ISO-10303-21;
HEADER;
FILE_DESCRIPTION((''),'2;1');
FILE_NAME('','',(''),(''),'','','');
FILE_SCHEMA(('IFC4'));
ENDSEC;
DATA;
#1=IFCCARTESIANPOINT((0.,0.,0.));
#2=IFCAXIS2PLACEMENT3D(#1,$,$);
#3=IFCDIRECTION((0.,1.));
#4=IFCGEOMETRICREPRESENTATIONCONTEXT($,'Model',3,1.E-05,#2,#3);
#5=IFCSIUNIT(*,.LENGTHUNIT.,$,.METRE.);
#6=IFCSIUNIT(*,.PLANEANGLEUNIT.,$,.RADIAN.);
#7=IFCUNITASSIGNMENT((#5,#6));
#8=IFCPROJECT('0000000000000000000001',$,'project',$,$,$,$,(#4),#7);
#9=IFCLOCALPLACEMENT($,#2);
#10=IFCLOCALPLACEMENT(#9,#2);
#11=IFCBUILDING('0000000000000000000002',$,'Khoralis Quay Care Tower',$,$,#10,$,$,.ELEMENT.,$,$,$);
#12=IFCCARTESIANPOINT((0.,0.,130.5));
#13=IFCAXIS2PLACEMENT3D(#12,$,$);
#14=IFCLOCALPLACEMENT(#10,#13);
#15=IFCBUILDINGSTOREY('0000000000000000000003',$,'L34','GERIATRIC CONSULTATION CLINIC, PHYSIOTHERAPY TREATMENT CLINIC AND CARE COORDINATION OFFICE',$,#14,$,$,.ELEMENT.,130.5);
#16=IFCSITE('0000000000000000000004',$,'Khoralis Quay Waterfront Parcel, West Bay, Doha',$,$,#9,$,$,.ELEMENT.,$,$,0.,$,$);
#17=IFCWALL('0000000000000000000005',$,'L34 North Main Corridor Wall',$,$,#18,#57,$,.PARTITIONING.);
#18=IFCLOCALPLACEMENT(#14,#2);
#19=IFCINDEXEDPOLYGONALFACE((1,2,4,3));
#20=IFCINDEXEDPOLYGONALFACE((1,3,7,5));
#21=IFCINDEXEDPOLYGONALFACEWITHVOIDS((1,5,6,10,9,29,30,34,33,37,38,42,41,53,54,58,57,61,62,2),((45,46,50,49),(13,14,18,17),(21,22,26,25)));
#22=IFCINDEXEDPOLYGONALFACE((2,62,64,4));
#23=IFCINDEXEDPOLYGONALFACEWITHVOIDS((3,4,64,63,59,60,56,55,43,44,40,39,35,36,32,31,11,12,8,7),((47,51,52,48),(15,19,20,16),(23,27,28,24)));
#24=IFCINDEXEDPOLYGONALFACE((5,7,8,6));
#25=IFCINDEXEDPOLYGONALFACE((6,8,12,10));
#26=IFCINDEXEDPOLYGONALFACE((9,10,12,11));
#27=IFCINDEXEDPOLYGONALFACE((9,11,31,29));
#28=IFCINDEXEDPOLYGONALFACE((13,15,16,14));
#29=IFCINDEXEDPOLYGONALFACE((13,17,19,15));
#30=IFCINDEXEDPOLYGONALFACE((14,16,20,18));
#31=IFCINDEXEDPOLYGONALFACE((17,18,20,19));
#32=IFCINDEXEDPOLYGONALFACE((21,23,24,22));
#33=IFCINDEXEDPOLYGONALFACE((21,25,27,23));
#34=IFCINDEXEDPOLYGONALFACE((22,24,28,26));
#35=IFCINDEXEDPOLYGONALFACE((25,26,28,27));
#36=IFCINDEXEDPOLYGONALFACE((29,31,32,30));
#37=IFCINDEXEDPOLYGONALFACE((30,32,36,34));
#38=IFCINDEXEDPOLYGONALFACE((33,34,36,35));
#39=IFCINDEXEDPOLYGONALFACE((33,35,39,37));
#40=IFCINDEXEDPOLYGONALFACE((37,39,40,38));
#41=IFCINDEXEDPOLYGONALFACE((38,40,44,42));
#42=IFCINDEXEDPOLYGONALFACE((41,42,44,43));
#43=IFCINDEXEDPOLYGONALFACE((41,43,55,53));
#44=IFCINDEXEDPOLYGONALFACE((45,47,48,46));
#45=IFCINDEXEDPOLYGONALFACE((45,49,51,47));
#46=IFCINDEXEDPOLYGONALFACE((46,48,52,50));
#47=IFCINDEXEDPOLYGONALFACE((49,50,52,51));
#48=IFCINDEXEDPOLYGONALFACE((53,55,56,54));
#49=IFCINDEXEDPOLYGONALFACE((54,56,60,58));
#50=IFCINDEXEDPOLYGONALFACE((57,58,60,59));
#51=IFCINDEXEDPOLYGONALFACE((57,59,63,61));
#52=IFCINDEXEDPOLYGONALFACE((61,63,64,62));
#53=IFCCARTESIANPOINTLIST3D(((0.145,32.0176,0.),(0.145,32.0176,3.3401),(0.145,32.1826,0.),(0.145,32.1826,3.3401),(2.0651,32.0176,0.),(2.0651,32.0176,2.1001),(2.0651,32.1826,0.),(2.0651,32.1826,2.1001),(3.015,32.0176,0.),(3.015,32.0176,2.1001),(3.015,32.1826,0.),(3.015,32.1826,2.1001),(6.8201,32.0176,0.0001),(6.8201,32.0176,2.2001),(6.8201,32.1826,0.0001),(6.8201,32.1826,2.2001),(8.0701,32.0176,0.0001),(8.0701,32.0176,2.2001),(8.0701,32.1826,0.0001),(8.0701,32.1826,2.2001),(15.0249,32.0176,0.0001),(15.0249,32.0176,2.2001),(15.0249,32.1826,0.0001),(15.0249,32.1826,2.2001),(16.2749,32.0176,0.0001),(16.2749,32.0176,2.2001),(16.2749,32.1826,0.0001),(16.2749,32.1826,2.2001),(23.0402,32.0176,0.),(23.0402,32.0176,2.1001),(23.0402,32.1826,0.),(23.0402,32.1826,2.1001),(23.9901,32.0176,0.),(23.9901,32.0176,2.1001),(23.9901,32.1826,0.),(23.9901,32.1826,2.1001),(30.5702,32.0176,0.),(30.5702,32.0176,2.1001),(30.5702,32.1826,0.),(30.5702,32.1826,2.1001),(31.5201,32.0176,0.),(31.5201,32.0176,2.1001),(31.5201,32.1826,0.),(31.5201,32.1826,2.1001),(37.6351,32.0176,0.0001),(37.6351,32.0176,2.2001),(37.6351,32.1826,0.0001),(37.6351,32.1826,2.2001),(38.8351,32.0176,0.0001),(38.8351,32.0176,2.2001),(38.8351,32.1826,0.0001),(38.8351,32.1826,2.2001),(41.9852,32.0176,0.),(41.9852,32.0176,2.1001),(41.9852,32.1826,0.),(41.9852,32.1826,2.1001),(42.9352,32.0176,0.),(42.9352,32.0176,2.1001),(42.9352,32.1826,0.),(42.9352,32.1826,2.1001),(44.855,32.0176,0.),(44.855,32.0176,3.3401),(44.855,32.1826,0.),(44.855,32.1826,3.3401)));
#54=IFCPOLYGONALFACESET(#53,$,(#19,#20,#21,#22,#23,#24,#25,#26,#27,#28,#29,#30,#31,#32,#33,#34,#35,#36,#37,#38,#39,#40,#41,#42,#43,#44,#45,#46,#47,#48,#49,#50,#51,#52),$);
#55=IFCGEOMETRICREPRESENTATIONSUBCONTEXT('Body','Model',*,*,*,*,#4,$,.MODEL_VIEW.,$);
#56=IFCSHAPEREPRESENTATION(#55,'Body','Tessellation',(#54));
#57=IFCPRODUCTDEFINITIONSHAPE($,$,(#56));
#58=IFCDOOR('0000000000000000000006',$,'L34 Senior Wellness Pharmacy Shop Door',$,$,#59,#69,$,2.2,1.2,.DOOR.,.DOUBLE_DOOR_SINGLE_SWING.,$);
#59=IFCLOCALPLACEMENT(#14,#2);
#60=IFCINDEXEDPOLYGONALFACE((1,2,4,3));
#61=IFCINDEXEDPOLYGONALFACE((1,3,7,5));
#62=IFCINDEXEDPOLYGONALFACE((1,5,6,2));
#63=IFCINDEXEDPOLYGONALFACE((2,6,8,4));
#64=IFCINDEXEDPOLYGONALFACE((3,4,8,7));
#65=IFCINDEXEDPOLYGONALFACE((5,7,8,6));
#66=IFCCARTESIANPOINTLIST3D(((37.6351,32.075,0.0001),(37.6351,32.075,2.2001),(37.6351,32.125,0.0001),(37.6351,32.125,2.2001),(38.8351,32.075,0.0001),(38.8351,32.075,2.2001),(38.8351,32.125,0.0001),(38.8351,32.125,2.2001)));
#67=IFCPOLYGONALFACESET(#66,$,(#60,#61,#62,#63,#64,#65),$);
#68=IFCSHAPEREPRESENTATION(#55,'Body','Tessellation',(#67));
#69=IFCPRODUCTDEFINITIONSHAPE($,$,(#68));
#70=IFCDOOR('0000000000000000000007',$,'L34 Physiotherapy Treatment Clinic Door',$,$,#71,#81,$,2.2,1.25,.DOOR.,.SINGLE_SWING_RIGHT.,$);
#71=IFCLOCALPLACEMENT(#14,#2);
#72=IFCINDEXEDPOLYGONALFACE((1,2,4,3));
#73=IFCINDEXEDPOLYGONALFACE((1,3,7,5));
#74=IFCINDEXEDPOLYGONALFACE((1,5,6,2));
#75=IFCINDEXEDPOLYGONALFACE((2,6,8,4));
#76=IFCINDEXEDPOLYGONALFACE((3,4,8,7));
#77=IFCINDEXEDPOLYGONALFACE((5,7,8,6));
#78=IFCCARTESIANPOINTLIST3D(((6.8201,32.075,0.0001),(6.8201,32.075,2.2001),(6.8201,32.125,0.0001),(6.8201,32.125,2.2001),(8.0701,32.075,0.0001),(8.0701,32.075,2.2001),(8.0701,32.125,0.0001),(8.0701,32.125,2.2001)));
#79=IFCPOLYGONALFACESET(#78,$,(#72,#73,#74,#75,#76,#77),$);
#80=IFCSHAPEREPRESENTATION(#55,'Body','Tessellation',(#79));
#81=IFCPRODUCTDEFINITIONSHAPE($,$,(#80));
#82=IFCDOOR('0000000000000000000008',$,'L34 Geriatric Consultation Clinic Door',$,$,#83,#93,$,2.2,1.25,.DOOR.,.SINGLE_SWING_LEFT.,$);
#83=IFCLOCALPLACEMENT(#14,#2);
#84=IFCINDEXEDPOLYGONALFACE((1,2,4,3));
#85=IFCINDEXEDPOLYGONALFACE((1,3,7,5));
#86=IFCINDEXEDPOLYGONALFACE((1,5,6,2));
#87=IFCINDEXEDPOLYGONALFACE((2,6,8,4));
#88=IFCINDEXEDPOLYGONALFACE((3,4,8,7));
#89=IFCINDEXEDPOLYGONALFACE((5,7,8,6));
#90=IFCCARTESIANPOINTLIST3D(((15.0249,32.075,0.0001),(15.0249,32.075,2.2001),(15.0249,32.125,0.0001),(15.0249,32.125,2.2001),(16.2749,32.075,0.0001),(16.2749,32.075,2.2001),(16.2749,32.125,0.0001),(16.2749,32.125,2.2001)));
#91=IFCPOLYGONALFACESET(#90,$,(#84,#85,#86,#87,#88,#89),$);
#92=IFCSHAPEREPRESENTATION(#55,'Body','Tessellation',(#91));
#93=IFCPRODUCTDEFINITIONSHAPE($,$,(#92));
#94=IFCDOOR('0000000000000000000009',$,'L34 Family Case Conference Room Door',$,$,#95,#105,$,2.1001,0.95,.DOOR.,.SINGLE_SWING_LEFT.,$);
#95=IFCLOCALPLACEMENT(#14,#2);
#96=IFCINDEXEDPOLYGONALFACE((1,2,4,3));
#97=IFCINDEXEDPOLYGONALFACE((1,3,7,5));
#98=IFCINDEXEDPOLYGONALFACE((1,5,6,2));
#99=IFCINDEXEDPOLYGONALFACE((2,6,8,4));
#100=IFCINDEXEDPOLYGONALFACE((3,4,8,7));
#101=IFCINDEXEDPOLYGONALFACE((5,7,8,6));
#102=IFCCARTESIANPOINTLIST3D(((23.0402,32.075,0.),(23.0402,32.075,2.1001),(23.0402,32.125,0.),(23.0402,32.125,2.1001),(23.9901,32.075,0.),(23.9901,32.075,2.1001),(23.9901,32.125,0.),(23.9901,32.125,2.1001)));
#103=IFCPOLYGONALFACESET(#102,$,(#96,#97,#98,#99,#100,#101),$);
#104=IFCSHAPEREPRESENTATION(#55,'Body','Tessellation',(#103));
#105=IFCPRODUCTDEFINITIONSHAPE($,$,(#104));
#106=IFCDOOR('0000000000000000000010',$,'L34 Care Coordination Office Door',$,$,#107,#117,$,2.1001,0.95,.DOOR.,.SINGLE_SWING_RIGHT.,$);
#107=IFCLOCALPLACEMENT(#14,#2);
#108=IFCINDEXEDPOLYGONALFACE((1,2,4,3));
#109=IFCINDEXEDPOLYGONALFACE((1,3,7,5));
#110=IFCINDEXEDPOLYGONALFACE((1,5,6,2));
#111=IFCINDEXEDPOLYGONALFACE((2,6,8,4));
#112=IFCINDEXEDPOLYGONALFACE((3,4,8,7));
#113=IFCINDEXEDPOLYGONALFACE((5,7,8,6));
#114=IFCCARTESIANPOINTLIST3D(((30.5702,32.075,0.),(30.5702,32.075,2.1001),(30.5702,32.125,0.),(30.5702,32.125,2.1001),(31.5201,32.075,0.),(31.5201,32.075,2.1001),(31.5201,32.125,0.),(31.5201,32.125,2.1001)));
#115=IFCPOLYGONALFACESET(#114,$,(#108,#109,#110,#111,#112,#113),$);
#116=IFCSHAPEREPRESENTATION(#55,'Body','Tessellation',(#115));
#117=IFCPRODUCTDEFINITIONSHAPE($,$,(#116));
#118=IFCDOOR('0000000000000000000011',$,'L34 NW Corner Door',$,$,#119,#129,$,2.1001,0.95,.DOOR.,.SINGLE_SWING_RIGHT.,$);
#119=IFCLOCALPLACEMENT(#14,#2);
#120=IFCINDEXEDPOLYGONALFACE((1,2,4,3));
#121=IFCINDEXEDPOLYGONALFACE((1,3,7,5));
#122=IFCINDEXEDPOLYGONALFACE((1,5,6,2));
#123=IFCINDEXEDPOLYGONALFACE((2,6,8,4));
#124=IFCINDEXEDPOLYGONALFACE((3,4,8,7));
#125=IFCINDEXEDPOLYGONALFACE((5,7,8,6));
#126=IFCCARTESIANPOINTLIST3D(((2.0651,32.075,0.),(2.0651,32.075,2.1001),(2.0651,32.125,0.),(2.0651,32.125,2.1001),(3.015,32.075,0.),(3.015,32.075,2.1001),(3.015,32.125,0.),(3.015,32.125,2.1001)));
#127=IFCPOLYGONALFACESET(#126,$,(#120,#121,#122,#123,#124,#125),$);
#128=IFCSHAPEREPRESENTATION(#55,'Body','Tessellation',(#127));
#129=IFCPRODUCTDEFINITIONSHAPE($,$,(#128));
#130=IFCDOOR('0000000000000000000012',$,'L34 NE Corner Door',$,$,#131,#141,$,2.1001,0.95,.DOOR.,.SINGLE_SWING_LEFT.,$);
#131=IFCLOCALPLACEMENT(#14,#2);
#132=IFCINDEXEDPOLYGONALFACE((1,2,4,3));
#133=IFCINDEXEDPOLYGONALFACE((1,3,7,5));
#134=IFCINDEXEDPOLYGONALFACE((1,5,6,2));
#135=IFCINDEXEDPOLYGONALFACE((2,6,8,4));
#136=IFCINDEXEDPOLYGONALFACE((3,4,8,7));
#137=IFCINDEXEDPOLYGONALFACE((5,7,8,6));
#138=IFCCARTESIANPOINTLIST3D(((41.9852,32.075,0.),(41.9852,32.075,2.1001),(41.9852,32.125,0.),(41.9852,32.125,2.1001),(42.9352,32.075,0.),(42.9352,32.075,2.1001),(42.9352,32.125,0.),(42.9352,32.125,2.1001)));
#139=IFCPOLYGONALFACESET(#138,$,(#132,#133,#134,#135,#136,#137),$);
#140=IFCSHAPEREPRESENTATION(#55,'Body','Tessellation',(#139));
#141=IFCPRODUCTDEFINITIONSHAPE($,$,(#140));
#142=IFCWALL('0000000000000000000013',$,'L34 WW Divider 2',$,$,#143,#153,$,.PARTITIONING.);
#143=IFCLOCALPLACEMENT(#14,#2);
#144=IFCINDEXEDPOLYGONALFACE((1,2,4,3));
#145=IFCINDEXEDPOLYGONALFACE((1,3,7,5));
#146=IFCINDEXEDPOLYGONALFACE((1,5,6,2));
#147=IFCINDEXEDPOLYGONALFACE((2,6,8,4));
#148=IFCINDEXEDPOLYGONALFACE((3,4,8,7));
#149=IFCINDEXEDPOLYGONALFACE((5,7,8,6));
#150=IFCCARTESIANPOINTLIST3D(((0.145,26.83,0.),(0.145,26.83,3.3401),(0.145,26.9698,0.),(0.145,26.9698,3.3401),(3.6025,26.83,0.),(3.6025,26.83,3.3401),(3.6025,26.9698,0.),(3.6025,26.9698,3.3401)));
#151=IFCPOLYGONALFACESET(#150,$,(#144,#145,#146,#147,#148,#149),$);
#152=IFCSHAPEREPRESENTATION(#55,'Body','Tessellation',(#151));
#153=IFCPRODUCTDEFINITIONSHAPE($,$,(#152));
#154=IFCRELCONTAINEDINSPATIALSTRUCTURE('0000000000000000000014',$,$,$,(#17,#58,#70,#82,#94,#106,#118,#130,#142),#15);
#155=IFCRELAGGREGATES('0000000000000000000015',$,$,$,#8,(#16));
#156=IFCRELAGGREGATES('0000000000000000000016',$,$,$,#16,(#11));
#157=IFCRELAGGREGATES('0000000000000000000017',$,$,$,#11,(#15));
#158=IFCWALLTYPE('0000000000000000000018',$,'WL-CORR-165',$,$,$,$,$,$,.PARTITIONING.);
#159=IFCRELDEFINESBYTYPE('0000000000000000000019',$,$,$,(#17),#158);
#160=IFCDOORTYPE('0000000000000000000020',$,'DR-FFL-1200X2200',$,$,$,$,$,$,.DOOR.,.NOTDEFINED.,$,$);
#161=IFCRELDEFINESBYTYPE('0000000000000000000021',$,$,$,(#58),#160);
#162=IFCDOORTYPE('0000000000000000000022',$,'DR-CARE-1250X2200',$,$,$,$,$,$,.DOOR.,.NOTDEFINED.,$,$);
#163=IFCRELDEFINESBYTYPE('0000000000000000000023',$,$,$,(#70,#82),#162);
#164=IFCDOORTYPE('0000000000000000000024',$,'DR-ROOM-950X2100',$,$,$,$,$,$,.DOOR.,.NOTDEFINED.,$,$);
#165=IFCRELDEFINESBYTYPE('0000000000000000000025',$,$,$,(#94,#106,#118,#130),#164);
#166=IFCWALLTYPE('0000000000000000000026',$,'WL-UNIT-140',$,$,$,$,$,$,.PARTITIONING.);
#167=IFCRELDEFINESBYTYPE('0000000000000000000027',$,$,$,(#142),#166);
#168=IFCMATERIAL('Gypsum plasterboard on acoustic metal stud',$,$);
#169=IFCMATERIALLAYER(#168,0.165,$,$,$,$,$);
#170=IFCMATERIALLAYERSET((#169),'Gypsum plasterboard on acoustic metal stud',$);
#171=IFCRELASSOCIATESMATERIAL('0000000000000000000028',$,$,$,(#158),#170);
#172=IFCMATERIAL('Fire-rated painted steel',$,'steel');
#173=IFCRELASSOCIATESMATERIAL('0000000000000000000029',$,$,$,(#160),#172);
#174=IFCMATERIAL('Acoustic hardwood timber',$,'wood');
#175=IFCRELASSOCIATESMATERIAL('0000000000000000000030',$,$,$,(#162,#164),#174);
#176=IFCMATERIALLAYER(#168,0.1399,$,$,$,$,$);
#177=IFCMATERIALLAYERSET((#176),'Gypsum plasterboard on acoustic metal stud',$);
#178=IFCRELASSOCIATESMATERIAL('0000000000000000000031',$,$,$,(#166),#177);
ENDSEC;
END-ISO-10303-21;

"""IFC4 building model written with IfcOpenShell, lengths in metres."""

from ifc_helpers import new_model, si_unit, direction, frame, frame_2d, origin, place, context, subcontext, project, spatial, rectangle, extrude, source, transform, mapped, material, layer, layer_set, type_object, element, fill, save


model = new_model("IFC4")

# Units and contexts
model_context = context("Model", 3, precision=1e-05, world=origin(), true_north=direction((0.0, 1.0)))
body_context = subcontext(model_context, "Body", "Model", "MODEL_VIEW")
ifc_project = project(units=[si_unit("LENGTHUNIT", "METRE"), si_unit("PLANEANGLEUNIT", "RADIAN")], contexts=[model_context])

# Site, building, storey
site_placement = place(None, origin())
site = spatial("IfcSite", under=ifc_project, at=site_placement, Name="Khoralis Quay Waterfront Parcel, West Bay, Doha", CompositionType="ELEMENT", RefElevation=0.0)
building_placement = place(site_placement, origin())
building = spatial("IfcBuilding", under=site, at=building_placement, Name="Khoralis Quay Care Tower", CompositionType="ELEMENT")
storey_placement = place(building_placement, frame((0.0, 0.0, 130.5)))
storey = spatial("IfcBuildingStorey", under=building, at=storey_placement, Name="L34", Description="GERIATRIC CONSULTATION CLINIC, PHYSIOTHERAPY TREATMENT CLINIC AND CARE COORDINATION OFFICE", CompositionType="ELEMENT", Elevation=130.5)

# Shared definitions
ifc_material_1 = material(Name="Gypsum plasterboard on acoustic metal stud")
ifc_layer_1 = layer(ifc_material_1, 0.165)
ifc_layer_set_1 = layer_set([ifc_layer_1], Name="Gypsum plasterboard on acoustic metal stud")
wall_type_1 = type_object("IfcWallType", Name="WL-CORR-165", PredefinedType="PARTITIONING", material=ifc_layer_set_1)

# Wall, openings, doors
wall_1_placement = place(storey_placement, frame((0.145, 32.1001, 0.0), z_axis=(0.0, 0.0, 1.0), x_axis=(1.0, 0.0, 0.0)))
wall_1 = element("IfcWall", 1, at=wall_1_placement, inside=storey, type_object=wall_type_1, Name="L34 North Main Corridor Wall", PredefinedType="PARTITIONING", context=body_context, shape_type="SweptSolid", body=[
    extrude(rectangle(XDim=44.71, YDim=0.165, at=frame_2d((22.355, 0.0))), origin(), (0.0, 0.0, 1.0), 3.3401),
])
opening_1_placement = place(wall_1_placement, frame((6.675, 0.0, 0.0)))
opening_1 = element("IfcOpeningElement", 2, at=opening_1_placement, cuts=wall_1, PredefinedType="OPENING", context=body_context, shape_type="SweptSolid", body=[
    extrude(rectangle(XDim=1.25, YDim=2.2, at=frame_2d((0.625, 1.1001))), frame((0.0, 0.0925, 0.0), z_axis=(0.0, -1.0, 0.0), x_axis=(1.0, 0.0, 0.0)), (0.0, 0.0, 1.0), 0.1851),
])
opening_2_placement = place(wall_1_placement, frame((14.8799, 0.0, 0.0)))
opening_2 = element("IfcOpeningElement", 3, at=opening_2_placement, cuts=wall_1, PredefinedType="OPENING", context=body_context, shape_type="SweptSolid", body=[
    extrude(rectangle(XDim=1.25, YDim=2.2, at=frame_2d((0.625, 1.1001))), frame((0.0, 0.0925, 0.0), z_axis=(0.0, -1.0, 0.0), x_axis=(1.0, 0.0, 0.0)), (0.0, 0.0, 1.0), 0.1851),
])
opening_3_placement = place(wall_1_placement, frame((22.895, 0.0, 0.0)))
opening_3 = element("IfcOpeningElement", 4, at=opening_3_placement, cuts=wall_1, PredefinedType="OPENING", context=body_context, shape_type="SweptSolid", body=[
    extrude(rectangle(XDim=0.95, YDim=2.1001, at=frame_2d((0.4751, 1.05))), frame((0.0, 0.0925, 0.0), z_axis=(0.0, -1.0, 0.0), x_axis=(1.0, 0.0, 0.0)), (0.0, 0.0, 1.0), 0.1851),
])
opening_4_placement = place(wall_1_placement, frame((30.425, 0.0, 0.0)))
opening_4 = element("IfcOpeningElement", 5, at=opening_4_placement, cuts=wall_1, PredefinedType="OPENING", context=body_context, shape_type="SweptSolid", body=[
    extrude(rectangle(XDim=0.95, YDim=2.1001, at=frame_2d((0.4751, 1.05))), frame((0.0, 0.0925, 0.0), z_axis=(0.0, -1.0, 0.0), x_axis=(1.0, 0.0, 0.0)), (0.0, 0.0, 1.0), 0.1851),
])
opening_5_placement = place(wall_1_placement, frame((37.49, 0.0, 0.0)))
opening_5 = element("IfcOpeningElement", 6, at=opening_5_placement, cuts=wall_1, PredefinedType="OPENING", context=body_context, shape_type="SweptSolid", body=[
    extrude(rectangle(XDim=1.2, YDim=2.2, at=frame_2d((0.6001, 1.1001))), frame((0.0, 0.0925, 0.0), z_axis=(0.0, -1.0, 0.0), x_axis=(1.0, 0.0, 0.0)), (0.0, 0.0, 1.0), 0.1851),
])
opening_6_placement = place(wall_1_placement, frame((1.9199, 0.0, 0.0)))
opening_6 = element("IfcOpeningElement", 7, at=opening_6_placement, cuts=wall_1, PredefinedType="OPENING", context=body_context, shape_type="SweptSolid", body=[
    extrude(rectangle(XDim=0.95, YDim=2.1001, at=frame_2d((0.4751, 1.05))), frame((0.0, 0.0925, 0.0), z_axis=(0.0, -1.0, 0.0), x_axis=(1.0, 0.0, 0.0)), (0.0, 0.0, 1.0), 0.1851),
])
opening_7_placement = place(wall_1_placement, frame((41.8401, 0.0, 0.0)))
opening_7 = element("IfcOpeningElement", 8, at=opening_7_placement, cuts=wall_1, PredefinedType="OPENING", context=body_context, shape_type="SweptSolid", body=[
    extrude(rectangle(XDim=0.95, YDim=2.1001, at=frame_2d((0.4751, 1.05))), frame((0.0, 0.0925, 0.0), z_axis=(0.0, -1.0, 0.0), x_axis=(1.0, 0.0, 0.0)), (0.0, 0.0, 1.0), 0.1851),
])
ifc_material_2 = material(Name="Fire-rated painted steel", Category="steel")
door_type_1 = type_object("IfcDoorType", Name="DR-FFL-1200X2200", OperationType="NOTDEFINED", PredefinedType="DOOR", material=ifc_material_2)
shared_shape_1 = source(origin(), body_context, "Body", "SweptSolid", [
    extrude(rectangle(XDim=1.2, YDim=2.2, at=frame_2d((0.6001, 1.1001))), frame((0.0, 0.0249, 0.0), z_axis=(0.0, -1.0, 0.0), x_axis=(1.0, 0.0, 0.0)), (0.0, 0.0, 1.0), 0.05),
])
door_1_placement = place(opening_5_placement, origin())
door_1 = element("IfcDoor", 9, at=door_1_placement, inside=storey, type_object=door_type_1, Name="L34 Senior Wellness Pharmacy Shop Door", OperationType="DOUBLE_DOOR_SINGLE_SWING", OverallHeight=2.2, OverallWidth=1.2, PredefinedType="DOOR", context=body_context, shape_type="MappedRepresentation", body=[
    mapped(shared_shape_1, transform((0.0, 0.0, 0.0), scale=1.0)),
])
fill(opening_5, door_1)
ifc_material_3 = material(Name="Acoustic hardwood timber", Category="wood")
door_type_2 = type_object("IfcDoorType", Name="DR-CARE-1250X2200", OperationType="NOTDEFINED", PredefinedType="DOOR", material=ifc_material_3)
shared_shape_2 = source(origin(), body_context, "Body", "SweptSolid", [
    extrude(rectangle(XDim=1.25, YDim=2.2, at=frame_2d((0.625, 1.1001))), frame((0.0, 0.0249, 0.0), z_axis=(0.0, -1.0, 0.0), x_axis=(1.0, 0.0, 0.0)), (0.0, 0.0, 1.0), 0.05),
])
door_2_placement = place(opening_1_placement, origin())
door_2 = element("IfcDoor", 10, at=door_2_placement, inside=storey, type_object=door_type_2, Name="L34 Physiotherapy Treatment Clinic Door", OperationType="SINGLE_SWING_RIGHT", OverallHeight=2.2, OverallWidth=1.25, PredefinedType="DOOR", context=body_context, shape_type="MappedRepresentation", body=[
    mapped(shared_shape_2, transform((0.0, 0.0, 0.0), scale=1.0)),
])
fill(opening_1, door_2)
door_3_placement = place(opening_2_placement, origin())
door_3 = element("IfcDoor", 11, at=door_3_placement, inside=storey, type_object=door_type_2, Name="L34 Geriatric Consultation Clinic Door", OperationType="SINGLE_SWING_LEFT", OverallHeight=2.2, OverallWidth=1.25, PredefinedType="DOOR", context=body_context, shape_type="MappedRepresentation", body=[
    mapped(shared_shape_2, transform((0.0, 0.0, 0.0), scale=1.0)),
])
fill(opening_2, door_3)
door_type_3 = type_object("IfcDoorType", Name="DR-ROOM-950X2100", OperationType="NOTDEFINED", PredefinedType="DOOR", material=ifc_material_3)
shared_shape_3 = source(origin(), body_context, "Body", "SweptSolid", [
    extrude(rectangle(XDim=0.95, YDim=2.1001, at=frame_2d((0.4751, 1.05))), frame((0.0, 0.0249, 0.0), z_axis=(0.0, -1.0, 0.0), x_axis=(1.0, 0.0, 0.0)), (0.0, 0.0, 1.0), 0.05),
])
door_4_placement = place(opening_3_placement, origin())
door_4 = element("IfcDoor", 12, at=door_4_placement, inside=storey, type_object=door_type_3, Name="L34 Family Case Conference Room Door", OperationType="SINGLE_SWING_LEFT", OverallHeight=2.1001, OverallWidth=0.95, PredefinedType="DOOR", context=body_context, shape_type="MappedRepresentation", body=[
    mapped(shared_shape_3, transform((0.0, 0.0, 0.0), scale=1.0)),
])
fill(opening_3, door_4)
door_5_placement = place(opening_4_placement, origin())
door_5 = element("IfcDoor", 13, at=door_5_placement, inside=storey, type_object=door_type_3, Name="L34 Care Coordination Office Door", OperationType="SINGLE_SWING_RIGHT", OverallHeight=2.1001, OverallWidth=0.95, PredefinedType="DOOR", context=body_context, shape_type="MappedRepresentation", body=[
    mapped(shared_shape_3, transform((0.0, 0.0, 0.0), scale=1.0)),
])
fill(opening_4, door_5)
door_6_placement = place(opening_6_placement, origin())
door_6 = element("IfcDoor", 14, at=door_6_placement, inside=storey, type_object=door_type_3, Name="L34 NW Corner Door", OperationType="SINGLE_SWING_RIGHT", OverallHeight=2.1001, OverallWidth=0.95, PredefinedType="DOOR", context=body_context, shape_type="MappedRepresentation", body=[
    mapped(shared_shape_3, transform((0.0, 0.0, 0.0), scale=1.0)),
])
fill(opening_6, door_6)
door_7_placement = place(opening_7_placement, origin())
door_7 = element("IfcDoor", 15, at=door_7_placement, inside=storey, type_object=door_type_3, Name="L34 NE Corner Door", OperationType="SINGLE_SWING_LEFT", OverallHeight=2.1001, OverallWidth=0.95, PredefinedType="DOOR", context=body_context, shape_type="MappedRepresentation", body=[
    mapped(shared_shape_3, transform((0.0, 0.0, 0.0), scale=1.0)),
])
fill(opening_7, door_7)

# Wall
ifc_layer_2 = layer(ifc_material_1, 0.1399)
ifc_layer_set_2 = layer_set([ifc_layer_2], Name="Gypsum plasterboard on acoustic metal stud")
wall_type_2 = type_object("IfcWallType", Name="WL-UNIT-140", PredefinedType="PARTITIONING", material=ifc_layer_set_2)
wall_2_placement = place(storey_placement, frame((0.145, 26.8999, 0.0), z_axis=(0.0, 0.0, 1.0), x_axis=(1.0, 0.0, 0.0)))
element("IfcWall", 16, at=wall_2_placement, inside=storey, type_object=wall_type_2, Name="L34 WW Divider 2", PredefinedType="PARTITIONING", context=body_context, shape_type="SweptSolid", body=[
    extrude(rectangle(XDim=3.4575, YDim=0.1399, at=frame_2d((1.7288, 0.0))), origin(), (0.0, 0.0, 1.0), 3.3401),
])

save(model, "model.ifc")
